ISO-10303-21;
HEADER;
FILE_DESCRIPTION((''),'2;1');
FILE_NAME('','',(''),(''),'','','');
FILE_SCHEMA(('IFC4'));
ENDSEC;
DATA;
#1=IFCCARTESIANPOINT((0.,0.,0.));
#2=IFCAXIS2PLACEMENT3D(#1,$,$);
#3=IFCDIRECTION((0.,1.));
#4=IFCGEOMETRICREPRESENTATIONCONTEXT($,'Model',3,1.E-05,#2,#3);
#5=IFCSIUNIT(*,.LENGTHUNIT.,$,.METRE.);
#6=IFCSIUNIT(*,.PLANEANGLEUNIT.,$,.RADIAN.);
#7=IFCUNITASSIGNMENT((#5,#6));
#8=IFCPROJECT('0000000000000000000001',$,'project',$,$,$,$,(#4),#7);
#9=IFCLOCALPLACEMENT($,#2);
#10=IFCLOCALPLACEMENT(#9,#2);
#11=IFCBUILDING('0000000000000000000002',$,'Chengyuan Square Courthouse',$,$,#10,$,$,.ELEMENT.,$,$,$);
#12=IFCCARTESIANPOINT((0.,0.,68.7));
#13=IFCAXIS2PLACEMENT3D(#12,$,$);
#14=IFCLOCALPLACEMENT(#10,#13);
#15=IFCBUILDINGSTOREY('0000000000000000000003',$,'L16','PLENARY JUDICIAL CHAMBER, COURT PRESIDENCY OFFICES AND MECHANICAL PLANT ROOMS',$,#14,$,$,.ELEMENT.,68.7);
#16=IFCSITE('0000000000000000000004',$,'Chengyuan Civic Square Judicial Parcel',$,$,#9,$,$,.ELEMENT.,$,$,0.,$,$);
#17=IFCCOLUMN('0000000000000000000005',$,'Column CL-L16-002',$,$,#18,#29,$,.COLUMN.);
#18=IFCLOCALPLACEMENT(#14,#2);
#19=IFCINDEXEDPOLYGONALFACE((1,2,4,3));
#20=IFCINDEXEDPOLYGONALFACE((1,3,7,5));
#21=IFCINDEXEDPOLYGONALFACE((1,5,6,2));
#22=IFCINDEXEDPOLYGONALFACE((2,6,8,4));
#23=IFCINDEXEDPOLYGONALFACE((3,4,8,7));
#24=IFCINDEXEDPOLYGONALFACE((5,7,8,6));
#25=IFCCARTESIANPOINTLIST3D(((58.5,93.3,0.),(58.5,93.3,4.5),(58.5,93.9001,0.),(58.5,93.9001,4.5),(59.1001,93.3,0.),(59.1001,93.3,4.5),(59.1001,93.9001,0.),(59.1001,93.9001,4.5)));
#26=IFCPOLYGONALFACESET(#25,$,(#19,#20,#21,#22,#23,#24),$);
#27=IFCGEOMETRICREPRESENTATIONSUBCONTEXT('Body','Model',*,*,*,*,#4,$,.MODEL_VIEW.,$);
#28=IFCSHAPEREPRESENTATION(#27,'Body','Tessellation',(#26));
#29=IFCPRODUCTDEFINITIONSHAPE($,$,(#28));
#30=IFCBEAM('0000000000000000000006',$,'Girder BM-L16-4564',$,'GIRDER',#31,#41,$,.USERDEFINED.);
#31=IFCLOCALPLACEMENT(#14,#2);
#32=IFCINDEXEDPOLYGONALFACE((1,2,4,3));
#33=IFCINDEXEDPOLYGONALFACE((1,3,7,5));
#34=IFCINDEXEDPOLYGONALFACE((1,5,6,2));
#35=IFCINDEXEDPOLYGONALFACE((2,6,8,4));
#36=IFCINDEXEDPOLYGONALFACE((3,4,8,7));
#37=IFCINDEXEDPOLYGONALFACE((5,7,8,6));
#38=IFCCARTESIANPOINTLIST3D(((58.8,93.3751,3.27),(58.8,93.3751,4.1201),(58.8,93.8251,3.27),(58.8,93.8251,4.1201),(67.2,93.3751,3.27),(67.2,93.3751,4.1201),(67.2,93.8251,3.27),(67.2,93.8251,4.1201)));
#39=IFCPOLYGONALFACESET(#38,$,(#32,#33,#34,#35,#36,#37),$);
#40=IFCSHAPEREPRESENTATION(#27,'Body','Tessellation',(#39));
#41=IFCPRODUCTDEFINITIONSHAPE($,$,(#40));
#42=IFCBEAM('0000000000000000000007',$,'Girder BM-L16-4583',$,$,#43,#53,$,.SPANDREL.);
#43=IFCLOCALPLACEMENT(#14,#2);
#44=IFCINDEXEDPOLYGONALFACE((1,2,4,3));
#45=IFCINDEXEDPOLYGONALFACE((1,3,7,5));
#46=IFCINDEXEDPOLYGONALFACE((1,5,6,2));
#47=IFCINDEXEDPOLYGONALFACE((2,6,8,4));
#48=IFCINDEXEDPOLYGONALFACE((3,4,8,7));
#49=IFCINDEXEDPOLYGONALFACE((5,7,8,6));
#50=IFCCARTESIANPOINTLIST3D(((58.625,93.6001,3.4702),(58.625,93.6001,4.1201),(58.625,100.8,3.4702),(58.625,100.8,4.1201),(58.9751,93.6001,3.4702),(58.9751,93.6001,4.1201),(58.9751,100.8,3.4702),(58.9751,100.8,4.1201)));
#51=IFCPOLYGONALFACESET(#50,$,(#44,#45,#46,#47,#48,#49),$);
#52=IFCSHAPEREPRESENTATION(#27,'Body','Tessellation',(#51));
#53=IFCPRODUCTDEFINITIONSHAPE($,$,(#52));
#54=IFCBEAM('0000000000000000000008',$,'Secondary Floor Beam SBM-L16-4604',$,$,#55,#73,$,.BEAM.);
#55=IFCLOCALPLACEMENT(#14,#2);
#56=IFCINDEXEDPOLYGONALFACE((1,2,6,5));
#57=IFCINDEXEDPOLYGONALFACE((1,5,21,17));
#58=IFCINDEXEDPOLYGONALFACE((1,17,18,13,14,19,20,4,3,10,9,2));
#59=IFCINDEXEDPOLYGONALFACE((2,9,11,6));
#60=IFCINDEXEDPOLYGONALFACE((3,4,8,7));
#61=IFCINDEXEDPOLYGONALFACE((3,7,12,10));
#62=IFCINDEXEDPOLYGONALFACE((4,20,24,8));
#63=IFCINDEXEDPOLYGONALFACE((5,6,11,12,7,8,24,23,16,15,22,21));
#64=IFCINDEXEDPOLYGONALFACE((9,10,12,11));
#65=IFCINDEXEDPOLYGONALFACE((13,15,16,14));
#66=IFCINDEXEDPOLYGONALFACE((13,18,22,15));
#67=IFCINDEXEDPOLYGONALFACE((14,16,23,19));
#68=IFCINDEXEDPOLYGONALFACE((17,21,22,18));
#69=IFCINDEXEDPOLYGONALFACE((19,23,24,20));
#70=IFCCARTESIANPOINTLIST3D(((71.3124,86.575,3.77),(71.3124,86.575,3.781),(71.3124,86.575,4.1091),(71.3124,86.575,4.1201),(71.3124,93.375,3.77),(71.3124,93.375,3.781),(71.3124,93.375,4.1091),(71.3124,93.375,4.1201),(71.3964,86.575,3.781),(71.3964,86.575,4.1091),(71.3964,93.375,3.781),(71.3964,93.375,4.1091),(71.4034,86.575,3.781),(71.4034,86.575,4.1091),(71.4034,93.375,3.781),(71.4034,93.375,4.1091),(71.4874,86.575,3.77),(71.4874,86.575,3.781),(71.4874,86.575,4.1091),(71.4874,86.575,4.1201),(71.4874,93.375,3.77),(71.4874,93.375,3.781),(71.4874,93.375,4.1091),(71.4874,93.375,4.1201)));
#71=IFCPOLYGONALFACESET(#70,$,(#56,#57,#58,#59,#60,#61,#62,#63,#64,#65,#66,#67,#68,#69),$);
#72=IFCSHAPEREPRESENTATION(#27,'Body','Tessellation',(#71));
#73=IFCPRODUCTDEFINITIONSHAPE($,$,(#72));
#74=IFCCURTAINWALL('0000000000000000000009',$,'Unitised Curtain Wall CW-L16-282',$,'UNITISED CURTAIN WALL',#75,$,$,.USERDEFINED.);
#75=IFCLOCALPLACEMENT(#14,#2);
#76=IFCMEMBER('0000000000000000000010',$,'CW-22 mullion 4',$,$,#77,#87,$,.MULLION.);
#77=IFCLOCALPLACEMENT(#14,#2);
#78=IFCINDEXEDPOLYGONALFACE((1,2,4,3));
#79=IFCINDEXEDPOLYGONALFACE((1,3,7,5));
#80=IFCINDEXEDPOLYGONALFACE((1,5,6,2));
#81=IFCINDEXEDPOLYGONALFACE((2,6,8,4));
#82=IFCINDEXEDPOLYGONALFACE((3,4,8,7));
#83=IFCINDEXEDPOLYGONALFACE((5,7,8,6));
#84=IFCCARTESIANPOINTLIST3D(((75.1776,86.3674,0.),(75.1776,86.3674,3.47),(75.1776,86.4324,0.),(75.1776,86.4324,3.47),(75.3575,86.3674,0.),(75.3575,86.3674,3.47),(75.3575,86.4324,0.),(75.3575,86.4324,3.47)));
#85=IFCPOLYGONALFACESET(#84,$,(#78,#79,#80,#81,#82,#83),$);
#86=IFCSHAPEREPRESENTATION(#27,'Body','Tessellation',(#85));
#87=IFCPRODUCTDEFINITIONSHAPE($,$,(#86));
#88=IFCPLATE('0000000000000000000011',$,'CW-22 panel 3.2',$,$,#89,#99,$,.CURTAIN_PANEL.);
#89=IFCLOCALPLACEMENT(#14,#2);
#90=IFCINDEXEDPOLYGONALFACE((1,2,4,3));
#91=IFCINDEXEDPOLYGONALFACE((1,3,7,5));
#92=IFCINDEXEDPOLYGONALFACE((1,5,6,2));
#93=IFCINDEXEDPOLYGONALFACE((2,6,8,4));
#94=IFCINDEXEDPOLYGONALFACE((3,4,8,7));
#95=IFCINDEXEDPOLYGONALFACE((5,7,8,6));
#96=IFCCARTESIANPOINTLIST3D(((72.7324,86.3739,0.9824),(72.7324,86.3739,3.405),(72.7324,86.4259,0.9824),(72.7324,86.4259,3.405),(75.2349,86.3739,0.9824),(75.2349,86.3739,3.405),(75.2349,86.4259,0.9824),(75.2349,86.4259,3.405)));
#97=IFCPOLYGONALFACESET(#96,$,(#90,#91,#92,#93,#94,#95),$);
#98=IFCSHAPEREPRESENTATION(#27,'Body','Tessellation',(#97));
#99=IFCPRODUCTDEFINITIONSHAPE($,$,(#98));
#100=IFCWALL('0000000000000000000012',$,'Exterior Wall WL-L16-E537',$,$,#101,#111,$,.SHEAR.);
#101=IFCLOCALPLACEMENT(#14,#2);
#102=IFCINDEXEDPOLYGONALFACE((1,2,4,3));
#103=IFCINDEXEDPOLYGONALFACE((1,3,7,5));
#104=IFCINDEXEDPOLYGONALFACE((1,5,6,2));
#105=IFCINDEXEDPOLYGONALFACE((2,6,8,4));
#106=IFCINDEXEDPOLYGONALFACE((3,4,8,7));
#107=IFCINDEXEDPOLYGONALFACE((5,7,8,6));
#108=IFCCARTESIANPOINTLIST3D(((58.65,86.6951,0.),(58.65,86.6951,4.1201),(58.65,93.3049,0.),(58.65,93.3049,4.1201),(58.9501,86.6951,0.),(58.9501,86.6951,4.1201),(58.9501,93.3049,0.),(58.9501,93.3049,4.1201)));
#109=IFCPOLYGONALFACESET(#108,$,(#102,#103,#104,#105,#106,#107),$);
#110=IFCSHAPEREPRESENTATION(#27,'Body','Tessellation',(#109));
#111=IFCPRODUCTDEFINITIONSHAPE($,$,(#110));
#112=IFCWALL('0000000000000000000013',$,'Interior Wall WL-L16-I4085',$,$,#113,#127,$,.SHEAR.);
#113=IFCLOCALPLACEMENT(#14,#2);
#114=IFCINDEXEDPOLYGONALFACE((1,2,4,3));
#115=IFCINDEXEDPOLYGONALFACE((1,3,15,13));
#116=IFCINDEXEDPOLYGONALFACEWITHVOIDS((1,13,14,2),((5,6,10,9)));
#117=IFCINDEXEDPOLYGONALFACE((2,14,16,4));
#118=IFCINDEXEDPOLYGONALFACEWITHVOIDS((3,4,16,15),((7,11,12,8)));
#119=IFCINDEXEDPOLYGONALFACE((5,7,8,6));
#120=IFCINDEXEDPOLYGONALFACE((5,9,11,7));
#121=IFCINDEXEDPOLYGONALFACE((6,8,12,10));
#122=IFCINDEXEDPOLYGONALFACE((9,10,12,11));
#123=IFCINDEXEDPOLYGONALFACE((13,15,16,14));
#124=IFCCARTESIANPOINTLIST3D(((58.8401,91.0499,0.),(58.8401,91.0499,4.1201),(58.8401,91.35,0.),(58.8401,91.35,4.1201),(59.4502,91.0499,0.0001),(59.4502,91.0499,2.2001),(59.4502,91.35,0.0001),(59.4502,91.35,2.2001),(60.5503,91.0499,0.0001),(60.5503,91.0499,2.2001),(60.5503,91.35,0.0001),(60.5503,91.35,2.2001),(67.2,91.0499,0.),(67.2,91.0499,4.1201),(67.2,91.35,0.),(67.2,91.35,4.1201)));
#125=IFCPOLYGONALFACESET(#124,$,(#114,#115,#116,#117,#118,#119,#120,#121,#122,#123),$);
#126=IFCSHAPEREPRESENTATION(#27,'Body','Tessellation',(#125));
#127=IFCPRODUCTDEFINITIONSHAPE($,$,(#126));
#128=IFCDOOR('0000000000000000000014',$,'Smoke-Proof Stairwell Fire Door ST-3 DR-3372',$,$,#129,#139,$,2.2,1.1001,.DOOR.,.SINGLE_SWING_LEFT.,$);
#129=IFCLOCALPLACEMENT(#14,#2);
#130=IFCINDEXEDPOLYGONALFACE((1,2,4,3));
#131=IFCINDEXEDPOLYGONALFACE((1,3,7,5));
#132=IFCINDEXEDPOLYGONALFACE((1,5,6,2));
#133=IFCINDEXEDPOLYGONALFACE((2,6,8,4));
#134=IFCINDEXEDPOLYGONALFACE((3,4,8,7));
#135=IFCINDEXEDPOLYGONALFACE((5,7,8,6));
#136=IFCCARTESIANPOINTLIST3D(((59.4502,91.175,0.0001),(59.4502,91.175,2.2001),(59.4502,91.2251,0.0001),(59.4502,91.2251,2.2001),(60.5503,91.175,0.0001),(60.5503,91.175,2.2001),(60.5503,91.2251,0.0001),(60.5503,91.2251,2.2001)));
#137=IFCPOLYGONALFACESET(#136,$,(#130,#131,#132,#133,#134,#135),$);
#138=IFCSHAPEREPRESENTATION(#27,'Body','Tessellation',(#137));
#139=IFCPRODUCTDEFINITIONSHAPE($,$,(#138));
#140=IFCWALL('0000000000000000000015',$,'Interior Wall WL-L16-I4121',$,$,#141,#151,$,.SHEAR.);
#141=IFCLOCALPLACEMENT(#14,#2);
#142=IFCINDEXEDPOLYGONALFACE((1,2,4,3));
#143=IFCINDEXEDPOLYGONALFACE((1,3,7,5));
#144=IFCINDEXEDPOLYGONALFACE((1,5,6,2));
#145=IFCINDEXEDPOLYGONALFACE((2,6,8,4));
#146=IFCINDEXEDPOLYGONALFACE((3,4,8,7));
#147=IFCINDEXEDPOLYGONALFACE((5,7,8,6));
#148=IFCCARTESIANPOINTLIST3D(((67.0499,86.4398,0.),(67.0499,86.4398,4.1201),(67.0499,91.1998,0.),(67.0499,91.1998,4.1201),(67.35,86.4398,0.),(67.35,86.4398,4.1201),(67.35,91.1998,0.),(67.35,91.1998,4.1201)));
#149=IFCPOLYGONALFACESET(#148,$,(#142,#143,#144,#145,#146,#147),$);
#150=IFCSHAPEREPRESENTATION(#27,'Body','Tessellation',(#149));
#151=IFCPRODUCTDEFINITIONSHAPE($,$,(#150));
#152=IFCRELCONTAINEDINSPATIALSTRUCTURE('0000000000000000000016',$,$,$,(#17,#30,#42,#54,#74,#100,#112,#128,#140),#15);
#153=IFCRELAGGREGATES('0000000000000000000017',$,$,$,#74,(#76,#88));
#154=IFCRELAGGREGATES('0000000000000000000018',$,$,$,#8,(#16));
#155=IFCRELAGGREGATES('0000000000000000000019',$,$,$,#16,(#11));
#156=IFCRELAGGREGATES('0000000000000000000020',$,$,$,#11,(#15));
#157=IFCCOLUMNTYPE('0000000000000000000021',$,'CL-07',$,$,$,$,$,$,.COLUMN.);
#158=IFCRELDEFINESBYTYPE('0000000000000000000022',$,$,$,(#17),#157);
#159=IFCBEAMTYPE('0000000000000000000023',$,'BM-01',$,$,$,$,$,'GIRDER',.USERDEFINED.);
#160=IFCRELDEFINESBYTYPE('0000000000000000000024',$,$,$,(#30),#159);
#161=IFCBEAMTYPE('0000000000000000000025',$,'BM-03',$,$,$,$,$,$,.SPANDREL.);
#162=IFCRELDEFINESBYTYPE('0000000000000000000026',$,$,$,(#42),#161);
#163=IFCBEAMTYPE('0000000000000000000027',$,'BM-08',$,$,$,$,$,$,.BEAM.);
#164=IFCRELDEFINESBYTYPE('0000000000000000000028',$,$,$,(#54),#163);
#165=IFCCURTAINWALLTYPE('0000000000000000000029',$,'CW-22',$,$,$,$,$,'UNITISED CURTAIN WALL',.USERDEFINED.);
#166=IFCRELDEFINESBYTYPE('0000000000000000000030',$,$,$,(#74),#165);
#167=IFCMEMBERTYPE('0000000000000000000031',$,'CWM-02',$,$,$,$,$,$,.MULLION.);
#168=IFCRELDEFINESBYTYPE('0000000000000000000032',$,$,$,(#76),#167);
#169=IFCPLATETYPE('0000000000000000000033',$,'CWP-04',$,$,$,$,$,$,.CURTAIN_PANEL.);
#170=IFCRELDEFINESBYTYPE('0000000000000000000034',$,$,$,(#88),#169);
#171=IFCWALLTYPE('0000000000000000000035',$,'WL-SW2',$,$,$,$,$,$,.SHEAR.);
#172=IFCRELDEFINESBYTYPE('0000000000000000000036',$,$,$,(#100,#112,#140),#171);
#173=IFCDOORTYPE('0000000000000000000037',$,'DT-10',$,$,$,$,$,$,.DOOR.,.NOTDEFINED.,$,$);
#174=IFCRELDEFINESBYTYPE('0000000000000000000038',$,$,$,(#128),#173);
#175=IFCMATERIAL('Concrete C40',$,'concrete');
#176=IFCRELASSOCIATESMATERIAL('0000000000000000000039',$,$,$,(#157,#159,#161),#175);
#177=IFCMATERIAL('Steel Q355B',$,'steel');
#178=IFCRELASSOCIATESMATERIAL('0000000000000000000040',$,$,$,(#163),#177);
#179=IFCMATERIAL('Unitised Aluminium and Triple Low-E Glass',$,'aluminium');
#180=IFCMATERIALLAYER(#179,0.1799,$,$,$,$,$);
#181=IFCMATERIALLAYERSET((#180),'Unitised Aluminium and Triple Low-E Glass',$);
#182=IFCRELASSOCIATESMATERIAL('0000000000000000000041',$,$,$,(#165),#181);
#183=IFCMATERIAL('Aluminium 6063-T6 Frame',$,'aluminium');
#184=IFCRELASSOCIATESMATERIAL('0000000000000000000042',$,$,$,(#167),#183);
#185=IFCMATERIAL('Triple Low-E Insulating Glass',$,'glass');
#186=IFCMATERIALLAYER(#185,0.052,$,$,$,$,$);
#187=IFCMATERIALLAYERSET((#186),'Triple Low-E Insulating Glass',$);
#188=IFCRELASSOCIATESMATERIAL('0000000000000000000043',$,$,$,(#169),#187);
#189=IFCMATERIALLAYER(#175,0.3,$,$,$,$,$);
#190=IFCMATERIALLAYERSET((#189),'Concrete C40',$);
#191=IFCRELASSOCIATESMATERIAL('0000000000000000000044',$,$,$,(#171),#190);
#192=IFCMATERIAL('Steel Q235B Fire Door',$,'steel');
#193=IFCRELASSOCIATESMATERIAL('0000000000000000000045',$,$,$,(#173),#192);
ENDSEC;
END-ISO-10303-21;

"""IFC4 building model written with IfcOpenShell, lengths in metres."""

from ifc_helpers import new_model, si_unit, direction, frame, frame_2d, origin, origin_2d, place, context, subcontext, project, spatial, rectangle, i_section, extrude, material, layer, layer_set, material_profile, profile_set, type_object, element, fill, aggregate, save


model = new_model("IFC4")

# Units and contexts
model_context = context("Model", 3, precision=1e-05, world=origin(), true_north=direction((0.0, 1.0)))
body_context = subcontext(model_context, "Body", "Model", "MODEL_VIEW")
ifc_project = project(units=[si_unit("LENGTHUNIT", "METRE"), si_unit("PLANEANGLEUNIT", "RADIAN")], contexts=[model_context])

# Site, building, storey
site_placement = place(None, origin())
site = spatial("IfcSite", under=ifc_project, at=site_placement, Name="Chengyuan Civic Square Judicial Parcel", CompositionType="ELEMENT", RefElevation=0.0)
building_placement = place(site_placement, origin())
building = spatial("IfcBuilding", under=site, at=building_placement, Name="Chengyuan Square Courthouse", CompositionType="ELEMENT")
storey_placement = place(building_placement, frame((0.0, 0.0, 68.7)))
storey = spatial("IfcBuildingStorey", under=building, at=storey_placement, Name="L16", Description="PLENARY JUDICIAL CHAMBER, COURT PRESIDENCY OFFICES AND MECHANICAL PLANT ROOMS", CompositionType="ELEMENT", Elevation=68.7)

# Column
ifc_material_1 = material(Name="Concrete C40", Category="concrete")
ifc_material_profile_1 = material_profile(ifc_material_1, rectangle(XDim=0.6001, YDim=0.6001, at=origin_2d()), Name="RC-COL-600x600")
ifc_profile_set_1 = profile_set([ifc_material_profile_1], Name="Concrete C40")
column_type = type_object("IfcColumnType", Name="CL-07", PredefinedType="COLUMN", material=ifc_profile_set_1)
column_placement = place(storey_placement, frame((58.8, 93.6001, 0.0), z_axis=(0.0, 0.0, 1.0), x_axis=(1.0, 0.0, 0.0)))
element("IfcColumn", 1, at=column_placement, inside=storey, type_object=column_type, Name="Column CL-L16-002", PredefinedType="COLUMN", context=body_context, shape_type="SweptSolid", body=[
    extrude(rectangle(XDim=0.6001, YDim=0.6001, at=origin_2d()), origin(), (0.0, 0.0, 1.0), 4.5),
])

# Beams
ifc_material_profile_2 = material_profile(ifc_material_1, rectangle(XDim=0.45, YDim=0.8501, at=origin_2d()), Name="RC-BM-450x850")
ifc_profile_set_2 = profile_set([ifc_material_profile_2], Name="Concrete C40")
beam_type_1 = type_object("IfcBeamType", Name="BM-01", ElementType="GIRDER", PredefinedType="USERDEFINED", material=ifc_profile_set_2)
beam_1_placement = place(storey_placement, frame((58.8, 93.6001, 3.6951), z_axis=(1.0, 0.0, 0.0), x_axis=(0.0, 1.0, 0.0)))
element("IfcBeam", 2, at=beam_1_placement, inside=storey, type_object=beam_type_1, Name="Girder BM-L16-4564", ObjectType="GIRDER", PredefinedType="USERDEFINED", context=body_context, shape_type="SweptSolid", body=[
    extrude(rectangle(XDim=0.45, YDim=0.8501, at=origin_2d()), origin(), (0.0, 0.0, 1.0), 8.3999),
])
ifc_material_profile_3 = material_profile(ifc_material_1, rectangle(XDim=0.3501, YDim=0.6499, at=origin_2d()), Name="RC-BM-350x650")
ifc_profile_set_3 = profile_set([ifc_material_profile_3], Name="Concrete C40")
beam_type_2 = type_object("IfcBeamType", Name="BM-03", PredefinedType="SPANDREL", material=ifc_profile_set_3)
beam_2_placement = place(storey_placement, frame((58.8, 93.6001, 3.7952), z_axis=(0.0, 1.0, 0.0), x_axis=(-1.0, 0.0, 0.0)))
element("IfcBeam", 3, at=beam_2_placement, inside=storey, type_object=beam_type_2, Name="Girder BM-L16-4583", PredefinedType="SPANDREL", context=body_context, shape_type="SweptSolid", body=[
    extrude(rectangle(XDim=0.3501, YDim=0.6499, at=origin_2d()), origin(), (0.0, 0.0, 1.0), 7.2),
])
ifc_material_2 = material(Name="Steel Q355B", Category="steel")
ifc_material_profile_4 = material_profile(ifc_material_2, i_section(OverallWidth=0.175, OverallDepth=0.3501, WebThickness=0.0071, FlangeThickness=0.011, at=origin_2d()), Name="HN 350x175x7x11")
ifc_profile_set_4 = profile_set([ifc_material_profile_4], Name="Steel Q355B")
beam_type_3 = type_object("IfcBeamType", Name="BM-08", PredefinedType="BEAM", material=ifc_profile_set_4)
beam_3_placement = place(storey_placement, frame((71.3999, 86.575, 3.9451), z_axis=(0.0, 1.0, 0.0), x_axis=(-1.0, 0.0, 0.0)))
element("IfcBeam", 4, at=beam_3_placement, inside=storey, type_object=beam_type_3, Name="Secondary Floor Beam SBM-L16-4604", PredefinedType="BEAM", context=body_context, shape_type="SweptSolid", body=[
    extrude(i_section(OverallWidth=0.175, OverallDepth=0.3501, WebThickness=0.0071, FlangeThickness=0.011, at=origin_2d()), origin(), (0.0, 0.0, 1.0), 6.8),
])

# Curtain wall, member, plate
ifc_material_3 = material(Name="Unitised Aluminium and Triple Low-E Glass", Category="aluminium")
ifc_layer_1 = layer(ifc_material_3, 0.1799)
ifc_layer_set_1 = layer_set([ifc_layer_1], Name="Unitised Aluminium and Triple Low-E Glass")
curtain_wall_type = type_object("IfcCurtainWallType", Name="CW-22", ElementType="UNITISED CURTAIN WALL", PredefinedType="USERDEFINED", material=ifc_layer_set_1)
curtain_wall_placement = place(storey_placement, origin())
curtain_wall = element("IfcCurtainWall", 5, at=curtain_wall_placement, inside=storey, type_object=curtain_wall_type, Name="Unitised Curtain Wall CW-L16-282", ObjectType="UNITISED CURTAIN WALL", PredefinedType="USERDEFINED")
ifc_material_4 = material(Name="Aluminium 6063-T6 Frame", Category="aluminium")
ifc_material_profile_5 = material_profile(ifc_material_4, rectangle(XDim=0.0649, YDim=0.1799, at=origin_2d()), Name="CW-MUL-65x180")
ifc_profile_set_5 = profile_set([ifc_material_profile_5], Name="Aluminium 6063-T6 Frame")
member_type = type_object("IfcMemberType", Name="CWM-02", PredefinedType="MULLION", material=ifc_profile_set_5)
member_placement = place(storey_placement, frame((75.2676, 86.3999, 0.0), z_axis=(0.0, 0.0, 1.0), x_axis=(0.0, 1.0, 0.0)))
member = element("IfcMember", 6, at=member_placement, type_object=member_type, Name="CW-22 mullion 4", PredefinedType="MULLION", context=body_context, shape_type="SweptSolid", body=[
    extrude(rectangle(XDim=0.0649, YDim=0.1799, at=origin_2d()), origin(), (0.0, 0.0, 1.0), 3.47),
])
ifc_material_5 = material(Name="Triple Low-E Insulating Glass", Category="glass")
ifc_layer_2 = layer(ifc_material_5, 0.052)
ifc_layer_set_2 = layer_set([ifc_layer_2], Name="Triple Low-E Insulating Glass")
plate_type = type_object("IfcPlateType", Name="CWP-04", PredefinedType="CURTAIN_PANEL", material=ifc_layer_set_2)
plate_placement = place(storey_placement, frame((73.9836, 86.3999, 0.9824), z_axis=(0.0, 0.0, 1.0), x_axis=(1.0, 0.0, 0.0)))
plate = element("IfcPlate", 7, at=plate_placement, type_object=plate_type, Name="CW-22 panel 3.2", PredefinedType="CURTAIN_PANEL", context=body_context, shape_type="SweptSolid", body=[
    extrude(rectangle(XDim=2.5024, YDim=0.052, at=origin_2d()), origin(), (0.0, 0.0, 1.0), 2.4226),
])
aggregate(curtain_wall, [member, plate])

# Shared definitions
ifc_material_6 = material(Name="Steel Q235B Fire Door", Category="steel")

# Wall
ifc_layer_3 = layer(ifc_material_1, 0.3)
ifc_layer_set_3 = layer_set([ifc_layer_3], Name="Concrete C40")
wall_type_1 = type_object("IfcWallType", Name="WL-SW2", PredefinedType="SHEAR", material=ifc_layer_set_3)
wall_1_placement = place(storey_placement, frame((58.8, 86.6951, 0.0), z_axis=(0.0, 0.0, 1.0), x_axis=(0.0, 1.0, 0.0)))
element("IfcWall", 8, at=wall_1_placement, inside=storey, type_object=wall_type_1, Name="Exterior Wall WL-L16-E537", PredefinedType="SHEAR", context=body_context, shape_type="SweptSolid", body=[
    extrude(rectangle(XDim=6.6099, YDim=0.3, at=frame_2d((3.3049, 0.0))), origin(), (0.0, 0.0, 1.0), 4.1201),
])

# Wall, opening, door
wall_2_placement = place(storey_placement, frame((58.8401, 91.2, 0.0), z_axis=(0.0, 0.0, 1.0), x_axis=(1.0, 0.0, 0.0)))
wall_2 = element("IfcWall", 9, at=wall_2_placement, inside=storey, type_object=wall_type_1, Name="Interior Wall WL-L16-I4085", PredefinedType="SHEAR", context=body_context, shape_type="SweptSolid", body=[
    extrude(rectangle(XDim=8.3599, YDim=0.3, at=frame_2d((4.1799, 0.0))), origin(), (0.0, 0.0, 1.0), 4.1201),
])
opening_1_placement = place(wall_2_placement, frame((0.6101, 0.0, 0.0)))
opening_1 = element("IfcOpeningElement", 10, at=opening_1_placement, cuts=wall_2, PredefinedType="OPENING", context=body_context, shape_type="SweptSolid", body=[
    extrude(rectangle(XDim=1.1001, YDim=2.2, at=frame_2d((0.55, 1.1001))), frame((0.0, 0.1621, 0.0), z_axis=(0.0, -1.0, 0.0), x_axis=(1.0, 0.0, 0.0)), (0.0, 0.0, 1.0), 0.324),
])
door_type_1 = type_object("IfcDoorType", Name="DT-10", OperationType="NOTDEFINED", PredefinedType="DOOR", material=ifc_material_6)
door_1_placement = place(opening_1_placement, frame((1.1001, 0.0, 0.0), z_axis=(0.0, 0.0, 1.0), x_axis=(-1.0, 0.0, 0.0)))
door_1 = element("IfcDoor", 11, at=door_1_placement, inside=storey, type_object=door_type_1, Name="Smoke-Proof Stairwell Fire Door ST-3 DR-3372", OperationType="SINGLE_SWING_LEFT", OverallHeight=2.2, OverallWidth=1.1001, PredefinedType="DOOR", context=body_context, shape_type="SweptSolid", body=[
    extrude(rectangle(XDim=1.1001, YDim=2.2, at=frame_2d((0.55, 1.1001))), frame((0.0, 0.0249, 0.0), z_axis=(0.0, -1.0, 0.0), x_axis=(1.0, 0.0, 0.0)), (0.0, 0.0, 1.0), 0.05),
])
fill(opening_1, door_1)

# Wall
wall_3_placement = place(storey_placement, frame((67.2, 86.4399, 0.0), z_axis=(0.0, 0.0, 1.0), x_axis=(0.0, 1.0, 0.0)))
element("IfcWall", 12, at=wall_3_placement, inside=storey, type_object=wall_type_1, Name="Interior Wall WL-L16-I4121", PredefinedType="SHEAR", context=body_context, shape_type="SweptSolid", body=[
    extrude(rectangle(XDim=4.76, YDim=0.3, at=frame_2d((2.3799, 0.0))), origin(), (0.0, 0.0, 1.0), 4.1201),
])

save(model, "model.ifc")
